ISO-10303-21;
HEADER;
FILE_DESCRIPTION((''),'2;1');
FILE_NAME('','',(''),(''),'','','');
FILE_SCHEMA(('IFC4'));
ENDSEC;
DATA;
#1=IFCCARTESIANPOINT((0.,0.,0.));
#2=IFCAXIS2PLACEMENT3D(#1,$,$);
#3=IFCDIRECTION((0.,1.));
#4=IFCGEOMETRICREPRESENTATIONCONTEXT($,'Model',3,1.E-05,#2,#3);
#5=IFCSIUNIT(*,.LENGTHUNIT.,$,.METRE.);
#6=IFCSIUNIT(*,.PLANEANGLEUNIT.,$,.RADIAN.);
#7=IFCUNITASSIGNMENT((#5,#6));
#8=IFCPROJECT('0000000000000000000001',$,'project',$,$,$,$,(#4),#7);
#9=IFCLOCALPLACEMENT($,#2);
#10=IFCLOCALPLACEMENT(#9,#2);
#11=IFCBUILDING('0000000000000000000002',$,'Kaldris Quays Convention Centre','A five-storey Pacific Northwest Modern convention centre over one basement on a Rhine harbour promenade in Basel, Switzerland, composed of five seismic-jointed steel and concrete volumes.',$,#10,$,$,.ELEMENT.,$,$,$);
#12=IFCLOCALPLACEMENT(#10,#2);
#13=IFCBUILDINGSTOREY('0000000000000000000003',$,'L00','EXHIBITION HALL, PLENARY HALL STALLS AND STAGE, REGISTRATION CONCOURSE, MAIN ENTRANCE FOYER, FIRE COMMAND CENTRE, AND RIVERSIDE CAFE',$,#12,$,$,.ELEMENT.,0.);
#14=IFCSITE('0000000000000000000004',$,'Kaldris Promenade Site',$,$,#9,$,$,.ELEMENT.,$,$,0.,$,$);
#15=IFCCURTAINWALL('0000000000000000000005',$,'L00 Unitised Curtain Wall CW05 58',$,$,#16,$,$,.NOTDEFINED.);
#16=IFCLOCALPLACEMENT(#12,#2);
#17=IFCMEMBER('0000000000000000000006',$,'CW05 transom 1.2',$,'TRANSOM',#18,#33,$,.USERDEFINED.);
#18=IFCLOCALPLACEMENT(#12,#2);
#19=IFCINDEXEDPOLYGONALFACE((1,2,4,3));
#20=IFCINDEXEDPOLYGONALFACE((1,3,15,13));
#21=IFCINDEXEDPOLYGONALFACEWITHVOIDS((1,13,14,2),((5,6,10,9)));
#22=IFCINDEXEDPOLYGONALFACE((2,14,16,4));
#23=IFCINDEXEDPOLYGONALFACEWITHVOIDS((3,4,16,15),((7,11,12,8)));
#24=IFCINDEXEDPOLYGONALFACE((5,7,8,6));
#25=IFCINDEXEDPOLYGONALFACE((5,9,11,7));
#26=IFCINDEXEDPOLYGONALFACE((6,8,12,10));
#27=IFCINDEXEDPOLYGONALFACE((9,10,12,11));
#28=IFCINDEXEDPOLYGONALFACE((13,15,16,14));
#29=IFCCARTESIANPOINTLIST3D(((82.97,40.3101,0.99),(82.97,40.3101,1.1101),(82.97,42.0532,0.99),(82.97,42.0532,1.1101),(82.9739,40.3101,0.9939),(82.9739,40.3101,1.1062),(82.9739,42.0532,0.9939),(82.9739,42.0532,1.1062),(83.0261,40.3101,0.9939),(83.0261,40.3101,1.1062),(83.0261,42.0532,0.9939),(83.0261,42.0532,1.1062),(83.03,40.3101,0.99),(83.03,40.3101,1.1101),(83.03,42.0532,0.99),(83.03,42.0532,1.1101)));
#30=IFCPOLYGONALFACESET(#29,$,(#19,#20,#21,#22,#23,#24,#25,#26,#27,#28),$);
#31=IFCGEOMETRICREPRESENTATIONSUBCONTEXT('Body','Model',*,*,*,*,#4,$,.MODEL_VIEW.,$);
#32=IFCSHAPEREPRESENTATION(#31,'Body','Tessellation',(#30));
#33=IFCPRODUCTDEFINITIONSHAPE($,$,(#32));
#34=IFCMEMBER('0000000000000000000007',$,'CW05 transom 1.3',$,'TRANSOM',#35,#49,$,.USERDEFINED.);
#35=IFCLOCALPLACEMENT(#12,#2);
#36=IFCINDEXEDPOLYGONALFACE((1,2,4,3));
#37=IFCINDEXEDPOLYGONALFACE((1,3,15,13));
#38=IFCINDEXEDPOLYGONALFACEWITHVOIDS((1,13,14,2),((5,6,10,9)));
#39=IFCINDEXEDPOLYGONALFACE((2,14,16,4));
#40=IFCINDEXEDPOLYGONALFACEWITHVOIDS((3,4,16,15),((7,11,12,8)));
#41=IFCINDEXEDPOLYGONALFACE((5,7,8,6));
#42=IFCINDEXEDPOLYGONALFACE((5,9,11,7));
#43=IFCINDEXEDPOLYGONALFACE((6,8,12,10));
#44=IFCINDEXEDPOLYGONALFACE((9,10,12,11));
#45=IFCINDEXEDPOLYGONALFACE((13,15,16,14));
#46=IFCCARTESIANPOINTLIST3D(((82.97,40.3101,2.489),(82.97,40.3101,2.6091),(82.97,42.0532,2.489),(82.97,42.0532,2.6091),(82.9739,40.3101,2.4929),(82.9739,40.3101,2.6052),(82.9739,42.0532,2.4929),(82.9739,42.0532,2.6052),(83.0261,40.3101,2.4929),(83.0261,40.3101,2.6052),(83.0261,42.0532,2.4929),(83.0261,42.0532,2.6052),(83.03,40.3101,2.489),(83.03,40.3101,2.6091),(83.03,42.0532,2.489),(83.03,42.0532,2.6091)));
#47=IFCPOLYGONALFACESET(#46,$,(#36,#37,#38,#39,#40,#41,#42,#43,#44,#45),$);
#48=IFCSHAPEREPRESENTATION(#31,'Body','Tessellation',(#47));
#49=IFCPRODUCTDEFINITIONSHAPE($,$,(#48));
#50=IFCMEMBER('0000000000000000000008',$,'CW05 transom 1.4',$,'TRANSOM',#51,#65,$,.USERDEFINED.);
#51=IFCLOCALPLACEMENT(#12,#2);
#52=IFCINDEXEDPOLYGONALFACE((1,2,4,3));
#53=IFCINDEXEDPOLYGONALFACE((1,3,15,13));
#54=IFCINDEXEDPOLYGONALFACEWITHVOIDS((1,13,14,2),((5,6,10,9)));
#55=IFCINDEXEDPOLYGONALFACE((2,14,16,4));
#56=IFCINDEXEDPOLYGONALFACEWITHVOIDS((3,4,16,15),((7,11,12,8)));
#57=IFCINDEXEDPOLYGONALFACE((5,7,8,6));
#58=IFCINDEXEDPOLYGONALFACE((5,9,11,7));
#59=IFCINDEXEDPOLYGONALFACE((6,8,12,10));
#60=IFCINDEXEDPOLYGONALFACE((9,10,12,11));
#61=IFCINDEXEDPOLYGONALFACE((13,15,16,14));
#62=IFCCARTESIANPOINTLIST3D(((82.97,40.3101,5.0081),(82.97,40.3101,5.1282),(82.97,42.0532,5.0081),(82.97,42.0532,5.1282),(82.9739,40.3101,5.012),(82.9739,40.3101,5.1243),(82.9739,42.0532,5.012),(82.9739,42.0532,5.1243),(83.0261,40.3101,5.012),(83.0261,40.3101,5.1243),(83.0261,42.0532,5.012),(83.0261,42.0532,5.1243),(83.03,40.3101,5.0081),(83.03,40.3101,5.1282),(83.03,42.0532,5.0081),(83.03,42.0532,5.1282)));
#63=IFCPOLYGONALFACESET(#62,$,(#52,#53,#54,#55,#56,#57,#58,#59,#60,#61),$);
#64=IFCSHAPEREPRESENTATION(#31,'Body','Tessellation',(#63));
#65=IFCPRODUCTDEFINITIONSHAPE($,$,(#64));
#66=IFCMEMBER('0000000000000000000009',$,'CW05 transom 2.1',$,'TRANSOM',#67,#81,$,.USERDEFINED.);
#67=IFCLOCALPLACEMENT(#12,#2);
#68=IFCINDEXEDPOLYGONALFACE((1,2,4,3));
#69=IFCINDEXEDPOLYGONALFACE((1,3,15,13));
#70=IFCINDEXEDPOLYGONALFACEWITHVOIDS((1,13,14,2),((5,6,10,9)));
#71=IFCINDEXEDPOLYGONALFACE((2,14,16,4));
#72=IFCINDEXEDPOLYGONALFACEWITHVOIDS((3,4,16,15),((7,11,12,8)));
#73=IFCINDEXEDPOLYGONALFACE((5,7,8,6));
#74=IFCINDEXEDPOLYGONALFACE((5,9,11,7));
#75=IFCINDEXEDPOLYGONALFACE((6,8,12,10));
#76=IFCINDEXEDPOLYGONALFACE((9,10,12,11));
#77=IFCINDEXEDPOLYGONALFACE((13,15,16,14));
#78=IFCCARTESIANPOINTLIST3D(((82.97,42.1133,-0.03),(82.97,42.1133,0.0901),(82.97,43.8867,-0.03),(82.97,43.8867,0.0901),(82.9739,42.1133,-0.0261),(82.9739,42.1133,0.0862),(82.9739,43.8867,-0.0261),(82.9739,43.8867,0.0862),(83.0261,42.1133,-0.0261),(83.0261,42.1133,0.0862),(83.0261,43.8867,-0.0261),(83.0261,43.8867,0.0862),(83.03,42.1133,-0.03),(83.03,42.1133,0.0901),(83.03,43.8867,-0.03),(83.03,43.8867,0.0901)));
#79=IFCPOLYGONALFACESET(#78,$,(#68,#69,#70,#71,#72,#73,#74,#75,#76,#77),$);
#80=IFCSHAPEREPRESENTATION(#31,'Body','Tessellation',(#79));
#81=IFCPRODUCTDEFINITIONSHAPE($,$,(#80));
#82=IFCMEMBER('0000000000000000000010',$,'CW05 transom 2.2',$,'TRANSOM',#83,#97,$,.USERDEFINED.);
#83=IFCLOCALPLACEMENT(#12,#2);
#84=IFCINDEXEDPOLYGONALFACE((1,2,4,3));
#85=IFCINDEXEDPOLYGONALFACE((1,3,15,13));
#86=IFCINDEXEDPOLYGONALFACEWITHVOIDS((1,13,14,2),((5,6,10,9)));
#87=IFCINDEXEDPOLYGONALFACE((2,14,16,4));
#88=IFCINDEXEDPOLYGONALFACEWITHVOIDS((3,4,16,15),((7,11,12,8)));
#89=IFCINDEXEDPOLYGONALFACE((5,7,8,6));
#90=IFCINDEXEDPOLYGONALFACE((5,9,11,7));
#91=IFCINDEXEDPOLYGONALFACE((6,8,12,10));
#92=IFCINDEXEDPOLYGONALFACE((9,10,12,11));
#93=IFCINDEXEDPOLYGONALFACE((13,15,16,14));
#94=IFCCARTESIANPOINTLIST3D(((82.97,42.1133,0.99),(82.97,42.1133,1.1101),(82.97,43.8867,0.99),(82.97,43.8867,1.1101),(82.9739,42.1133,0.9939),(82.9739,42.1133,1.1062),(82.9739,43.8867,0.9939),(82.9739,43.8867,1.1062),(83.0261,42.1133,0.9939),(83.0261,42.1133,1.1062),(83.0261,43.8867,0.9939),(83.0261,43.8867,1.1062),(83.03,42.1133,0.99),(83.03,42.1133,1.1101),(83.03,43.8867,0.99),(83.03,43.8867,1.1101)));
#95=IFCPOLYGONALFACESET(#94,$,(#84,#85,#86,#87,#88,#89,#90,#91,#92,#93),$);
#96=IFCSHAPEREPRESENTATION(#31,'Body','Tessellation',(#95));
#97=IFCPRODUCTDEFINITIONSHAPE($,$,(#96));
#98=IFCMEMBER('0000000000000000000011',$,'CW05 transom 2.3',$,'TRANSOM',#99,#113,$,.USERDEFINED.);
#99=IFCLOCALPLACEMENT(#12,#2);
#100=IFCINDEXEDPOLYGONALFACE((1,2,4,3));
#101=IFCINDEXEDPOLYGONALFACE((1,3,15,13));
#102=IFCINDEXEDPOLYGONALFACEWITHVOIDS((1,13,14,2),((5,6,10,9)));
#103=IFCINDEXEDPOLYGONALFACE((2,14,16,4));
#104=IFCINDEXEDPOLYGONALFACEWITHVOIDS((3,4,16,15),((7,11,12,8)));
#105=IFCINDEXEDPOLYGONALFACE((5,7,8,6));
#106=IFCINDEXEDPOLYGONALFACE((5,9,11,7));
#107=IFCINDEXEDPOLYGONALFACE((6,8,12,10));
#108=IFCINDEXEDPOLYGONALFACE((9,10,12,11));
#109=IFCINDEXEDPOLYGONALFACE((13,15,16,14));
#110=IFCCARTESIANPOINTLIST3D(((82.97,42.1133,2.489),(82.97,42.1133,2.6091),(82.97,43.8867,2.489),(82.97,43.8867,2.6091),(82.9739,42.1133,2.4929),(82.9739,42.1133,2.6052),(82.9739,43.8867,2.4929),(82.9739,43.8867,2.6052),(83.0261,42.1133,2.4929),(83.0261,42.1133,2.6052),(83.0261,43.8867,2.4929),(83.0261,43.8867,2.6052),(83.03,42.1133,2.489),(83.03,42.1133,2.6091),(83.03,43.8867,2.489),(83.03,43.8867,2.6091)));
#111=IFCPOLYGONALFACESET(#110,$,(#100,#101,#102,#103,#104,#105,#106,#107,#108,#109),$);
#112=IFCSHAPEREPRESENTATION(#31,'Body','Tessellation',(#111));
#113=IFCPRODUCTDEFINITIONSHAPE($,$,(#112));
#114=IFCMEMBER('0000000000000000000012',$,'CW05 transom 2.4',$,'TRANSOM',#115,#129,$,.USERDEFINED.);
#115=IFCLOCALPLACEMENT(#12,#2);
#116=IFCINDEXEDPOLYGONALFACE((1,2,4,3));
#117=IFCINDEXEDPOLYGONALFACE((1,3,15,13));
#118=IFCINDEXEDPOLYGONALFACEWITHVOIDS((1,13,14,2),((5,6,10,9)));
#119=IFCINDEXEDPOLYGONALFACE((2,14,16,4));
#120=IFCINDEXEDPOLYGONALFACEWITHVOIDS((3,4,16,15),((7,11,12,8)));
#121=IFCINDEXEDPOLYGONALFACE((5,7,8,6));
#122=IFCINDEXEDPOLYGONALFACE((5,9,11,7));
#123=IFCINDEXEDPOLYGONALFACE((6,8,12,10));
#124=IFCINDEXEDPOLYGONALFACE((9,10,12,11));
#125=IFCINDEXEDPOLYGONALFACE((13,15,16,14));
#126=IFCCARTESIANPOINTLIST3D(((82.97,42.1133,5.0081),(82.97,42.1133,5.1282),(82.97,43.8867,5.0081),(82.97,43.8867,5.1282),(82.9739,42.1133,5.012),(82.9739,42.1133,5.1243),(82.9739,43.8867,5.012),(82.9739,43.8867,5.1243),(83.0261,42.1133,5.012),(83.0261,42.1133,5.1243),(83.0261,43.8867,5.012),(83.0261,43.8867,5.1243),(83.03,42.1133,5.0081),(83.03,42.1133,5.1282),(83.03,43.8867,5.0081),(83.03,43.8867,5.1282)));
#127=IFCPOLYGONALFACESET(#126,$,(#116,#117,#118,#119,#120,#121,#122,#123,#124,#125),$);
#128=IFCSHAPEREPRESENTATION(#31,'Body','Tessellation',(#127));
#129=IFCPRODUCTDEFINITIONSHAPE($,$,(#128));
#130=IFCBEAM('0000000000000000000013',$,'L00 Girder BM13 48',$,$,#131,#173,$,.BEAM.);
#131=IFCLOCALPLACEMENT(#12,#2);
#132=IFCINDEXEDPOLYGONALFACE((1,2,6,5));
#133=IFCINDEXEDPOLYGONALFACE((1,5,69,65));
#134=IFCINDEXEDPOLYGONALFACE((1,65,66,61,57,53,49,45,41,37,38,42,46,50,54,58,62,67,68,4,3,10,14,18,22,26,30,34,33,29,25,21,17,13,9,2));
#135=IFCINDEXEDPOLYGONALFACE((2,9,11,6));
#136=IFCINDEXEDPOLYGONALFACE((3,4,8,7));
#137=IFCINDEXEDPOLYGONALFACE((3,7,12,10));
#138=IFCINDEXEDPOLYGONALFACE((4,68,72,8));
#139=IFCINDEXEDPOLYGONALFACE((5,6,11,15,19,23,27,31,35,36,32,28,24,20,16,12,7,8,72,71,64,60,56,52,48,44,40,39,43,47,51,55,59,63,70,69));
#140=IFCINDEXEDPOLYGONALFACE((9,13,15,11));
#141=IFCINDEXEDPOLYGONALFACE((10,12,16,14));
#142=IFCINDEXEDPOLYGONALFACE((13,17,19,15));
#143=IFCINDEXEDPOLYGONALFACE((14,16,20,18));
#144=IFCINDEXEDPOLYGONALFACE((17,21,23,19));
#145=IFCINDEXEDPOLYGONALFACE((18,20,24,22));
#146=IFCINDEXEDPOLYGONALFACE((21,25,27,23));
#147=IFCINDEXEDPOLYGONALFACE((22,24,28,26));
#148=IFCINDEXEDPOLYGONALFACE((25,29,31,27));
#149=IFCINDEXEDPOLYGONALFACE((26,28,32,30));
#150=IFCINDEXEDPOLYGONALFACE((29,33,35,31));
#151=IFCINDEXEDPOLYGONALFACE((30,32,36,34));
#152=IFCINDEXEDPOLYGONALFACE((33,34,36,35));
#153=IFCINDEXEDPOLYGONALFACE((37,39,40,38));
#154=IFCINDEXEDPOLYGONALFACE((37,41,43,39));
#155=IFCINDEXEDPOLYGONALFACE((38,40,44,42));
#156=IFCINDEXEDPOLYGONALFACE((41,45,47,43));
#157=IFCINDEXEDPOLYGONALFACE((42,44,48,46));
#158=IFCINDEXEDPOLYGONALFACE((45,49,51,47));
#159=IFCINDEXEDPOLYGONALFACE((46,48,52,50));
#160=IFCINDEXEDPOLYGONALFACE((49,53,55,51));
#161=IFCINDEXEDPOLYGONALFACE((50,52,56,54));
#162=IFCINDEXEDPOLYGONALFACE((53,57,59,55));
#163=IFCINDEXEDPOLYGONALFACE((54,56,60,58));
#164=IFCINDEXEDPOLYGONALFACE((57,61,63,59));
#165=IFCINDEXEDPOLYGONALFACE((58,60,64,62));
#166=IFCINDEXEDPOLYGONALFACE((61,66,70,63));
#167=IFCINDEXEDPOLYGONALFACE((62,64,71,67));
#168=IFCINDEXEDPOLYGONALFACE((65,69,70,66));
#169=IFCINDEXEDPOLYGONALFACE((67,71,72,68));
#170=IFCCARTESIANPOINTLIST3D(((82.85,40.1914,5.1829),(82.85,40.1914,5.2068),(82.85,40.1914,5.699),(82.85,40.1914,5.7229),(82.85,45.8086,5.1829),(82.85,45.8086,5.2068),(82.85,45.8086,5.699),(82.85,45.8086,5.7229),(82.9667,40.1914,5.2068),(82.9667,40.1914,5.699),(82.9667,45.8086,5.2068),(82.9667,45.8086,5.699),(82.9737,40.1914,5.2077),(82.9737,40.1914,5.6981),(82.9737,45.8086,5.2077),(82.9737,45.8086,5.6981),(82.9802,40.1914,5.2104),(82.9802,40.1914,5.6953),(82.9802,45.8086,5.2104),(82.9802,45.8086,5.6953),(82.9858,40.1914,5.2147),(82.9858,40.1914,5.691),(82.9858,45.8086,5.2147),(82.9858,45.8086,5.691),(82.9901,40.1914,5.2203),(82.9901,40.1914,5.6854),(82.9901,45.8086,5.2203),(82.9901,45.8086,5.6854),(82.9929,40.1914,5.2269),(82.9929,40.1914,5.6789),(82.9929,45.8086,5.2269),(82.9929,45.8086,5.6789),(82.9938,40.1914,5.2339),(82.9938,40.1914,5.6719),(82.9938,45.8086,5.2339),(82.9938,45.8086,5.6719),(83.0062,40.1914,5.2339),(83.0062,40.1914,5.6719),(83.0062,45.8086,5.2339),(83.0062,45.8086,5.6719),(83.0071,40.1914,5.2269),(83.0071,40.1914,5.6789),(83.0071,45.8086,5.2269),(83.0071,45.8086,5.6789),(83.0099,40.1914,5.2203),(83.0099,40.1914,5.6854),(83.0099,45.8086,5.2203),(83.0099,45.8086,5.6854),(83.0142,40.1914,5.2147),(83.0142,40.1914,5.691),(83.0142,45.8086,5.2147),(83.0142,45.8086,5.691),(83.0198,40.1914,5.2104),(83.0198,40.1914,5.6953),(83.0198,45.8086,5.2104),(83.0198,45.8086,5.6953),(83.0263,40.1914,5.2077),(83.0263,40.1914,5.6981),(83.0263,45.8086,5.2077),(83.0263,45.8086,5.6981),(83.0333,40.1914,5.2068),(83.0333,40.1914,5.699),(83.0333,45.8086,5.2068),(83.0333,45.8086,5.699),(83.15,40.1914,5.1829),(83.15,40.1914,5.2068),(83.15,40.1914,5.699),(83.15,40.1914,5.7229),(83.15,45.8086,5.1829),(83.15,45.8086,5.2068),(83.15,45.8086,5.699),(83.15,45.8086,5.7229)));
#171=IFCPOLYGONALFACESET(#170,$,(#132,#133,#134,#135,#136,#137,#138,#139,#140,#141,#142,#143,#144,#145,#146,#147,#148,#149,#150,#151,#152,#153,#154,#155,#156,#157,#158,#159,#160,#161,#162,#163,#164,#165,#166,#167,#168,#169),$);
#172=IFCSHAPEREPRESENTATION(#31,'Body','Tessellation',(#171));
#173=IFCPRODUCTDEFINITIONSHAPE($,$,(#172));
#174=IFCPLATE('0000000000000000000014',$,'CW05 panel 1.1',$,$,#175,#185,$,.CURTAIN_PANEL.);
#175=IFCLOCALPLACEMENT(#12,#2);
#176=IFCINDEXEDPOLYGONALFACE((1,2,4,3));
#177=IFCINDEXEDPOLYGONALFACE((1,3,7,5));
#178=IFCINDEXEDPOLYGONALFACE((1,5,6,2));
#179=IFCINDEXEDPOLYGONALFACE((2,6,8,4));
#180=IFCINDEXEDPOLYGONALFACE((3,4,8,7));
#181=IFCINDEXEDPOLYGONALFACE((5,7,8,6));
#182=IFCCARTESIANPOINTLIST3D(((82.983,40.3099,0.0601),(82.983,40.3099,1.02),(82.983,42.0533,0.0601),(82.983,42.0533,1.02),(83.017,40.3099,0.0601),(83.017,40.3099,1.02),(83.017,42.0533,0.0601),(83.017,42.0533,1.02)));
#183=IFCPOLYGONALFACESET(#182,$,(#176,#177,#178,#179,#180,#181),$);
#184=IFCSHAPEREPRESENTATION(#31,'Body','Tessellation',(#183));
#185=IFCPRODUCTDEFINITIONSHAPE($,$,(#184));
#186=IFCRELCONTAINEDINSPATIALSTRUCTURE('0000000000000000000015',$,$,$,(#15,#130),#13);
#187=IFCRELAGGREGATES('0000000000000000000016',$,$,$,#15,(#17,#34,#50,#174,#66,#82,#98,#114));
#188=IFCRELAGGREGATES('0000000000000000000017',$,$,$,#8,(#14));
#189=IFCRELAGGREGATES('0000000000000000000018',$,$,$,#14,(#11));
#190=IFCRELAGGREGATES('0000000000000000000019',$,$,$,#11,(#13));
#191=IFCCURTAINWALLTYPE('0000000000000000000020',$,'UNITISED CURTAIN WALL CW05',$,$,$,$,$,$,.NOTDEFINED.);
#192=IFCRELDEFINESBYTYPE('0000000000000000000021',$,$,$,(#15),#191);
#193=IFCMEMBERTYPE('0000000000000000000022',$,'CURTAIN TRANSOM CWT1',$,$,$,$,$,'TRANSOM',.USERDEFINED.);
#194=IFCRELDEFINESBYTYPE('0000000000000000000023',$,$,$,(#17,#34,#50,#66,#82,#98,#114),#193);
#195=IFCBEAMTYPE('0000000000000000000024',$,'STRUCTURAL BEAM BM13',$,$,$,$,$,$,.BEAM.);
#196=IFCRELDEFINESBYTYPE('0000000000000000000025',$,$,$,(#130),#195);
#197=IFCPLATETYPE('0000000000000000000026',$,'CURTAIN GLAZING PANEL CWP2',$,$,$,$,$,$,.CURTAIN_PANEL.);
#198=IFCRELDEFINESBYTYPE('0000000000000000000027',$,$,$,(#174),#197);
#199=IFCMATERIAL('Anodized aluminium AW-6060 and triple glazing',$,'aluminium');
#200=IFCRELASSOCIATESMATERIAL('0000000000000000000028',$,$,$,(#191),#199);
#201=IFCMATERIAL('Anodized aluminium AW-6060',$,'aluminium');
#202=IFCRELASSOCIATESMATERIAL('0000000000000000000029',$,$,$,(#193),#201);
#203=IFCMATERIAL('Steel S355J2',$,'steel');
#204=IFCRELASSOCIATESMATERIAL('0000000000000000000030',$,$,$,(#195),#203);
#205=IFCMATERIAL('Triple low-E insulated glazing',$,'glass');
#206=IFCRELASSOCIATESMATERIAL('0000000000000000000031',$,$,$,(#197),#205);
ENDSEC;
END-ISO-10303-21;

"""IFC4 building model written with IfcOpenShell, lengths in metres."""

from ifc_helpers import new_model, si_unit, direction, frame, origin, origin_2d, place, context, subcontext, project, spatial, rectangle, hollow_rectangle, i_section, extrude, material, material_profile, profile_set, type_object, element, aggregate, save


model = new_model("IFC4")

# Units and contexts
model_context = context("Model", 3, precision=1e-05, world=origin(), true_north=direction((0.0, 1.0)))
body_context = subcontext(model_context, "Body", "Model", "MODEL_VIEW")
ifc_project = project(units=[si_unit("LENGTHUNIT", "METRE"), si_unit("PLANEANGLEUNIT", "RADIAN")], contexts=[model_context])

# Site, building, storey
site_placement = place(None, origin())
site = spatial("IfcSite", under=ifc_project, at=site_placement, Name="Kaldris Promenade Site", CompositionType="ELEMENT", RefElevation=0.0)
building_placement = place(site_placement, origin())
building = spatial("IfcBuilding", under=site, at=building_placement, Name="Kaldris Quays Convention Centre", Description="A five-storey Pacific Northwest Modern convention centre over one basement on a Rhine harbour promenade in Basel, Switzerland, composed of five seismic-jointed steel and concrete volumes.", CompositionType="ELEMENT")
storey_placement = place(building_placement, origin())
storey = spatial("IfcBuildingStorey", under=building, at=storey_placement, Name="L00", Description="EXHIBITION HALL, PLENARY HALL STALLS AND STAGE, REGISTRATION CONCOURSE, MAIN ENTRANCE FOYER, FIRE COMMAND CENTRE, AND RIVERSIDE CAFE", CompositionType="ELEMENT", Elevation=0.0)

# Shared definitions
ifc_material_1 = material(Name="Anodized aluminium AW-6060 and triple glazing", Category="aluminium")
curtain_wall_type = type_object("IfcCurtainWallType", Name="UNITISED CURTAIN WALL CW05", PredefinedType="NOTDEFINED", material=ifc_material_1)
ifc_material_2 = material(Name="Anodized aluminium AW-6060", Category="aluminium")

# Curtain wall
curtain_wall_1_placement = place(storey_placement, origin())
curtain_wall_1 = element("IfcCurtainWall", 1, at=curtain_wall_1_placement, inside=storey, type_object=curtain_wall_type, Name="L00 Unitised Curtain Wall CW05 58", PredefinedType="NOTDEFINED")

# Members
ifc_material_profile_1 = material_profile(ifc_material_2, hollow_rectangle(XDim=0.0601, YDim=0.1201, WallThickness=0.0039, at=origin_2d()), Name="RHS 120x60x4")
ifc_profile_set_1 = profile_set([ifc_material_profile_1], Name="Anodized aluminium AW-6060")
member_type_1 = type_object("IfcMemberType", Name="CURTAIN TRANSOM CWT1", ElementType="TRANSOM", PredefinedType="USERDEFINED", material=ifc_profile_set_1)
member_1_placement = place(storey_placement, frame((83.0, 40.3101, 1.05), z_axis=(0.0, 1.0, 0.0), x_axis=(-1.0, 0.0, 0.0)))
member_1 = element("IfcMember", 2, at=member_1_placement, type_object=member_type_1, Name="CW05 transom 1.2", ObjectType="TRANSOM", PredefinedType="USERDEFINED", context=body_context, shape_type="SweptSolid", body=[
    extrude(hollow_rectangle(XDim=0.0601, YDim=0.1201, WallThickness=0.0039, at=origin_2d()), origin(), (0.0, 0.0, 1.0), 1.7432),
])
member_2_placement = place(storey_placement, frame((83.0, 40.3101, 2.5491), z_axis=(0.0, 1.0, 0.0), x_axis=(-1.0, 0.0, 0.0)))
member_2 = element("IfcMember", 3, at=member_2_placement, type_object=member_type_1, Name="CW05 transom 1.3", ObjectType="TRANSOM", PredefinedType="USERDEFINED", context=body_context, shape_type="SweptSolid", body=[
    extrude(hollow_rectangle(XDim=0.0601, YDim=0.1201, WallThickness=0.0039, at=origin_2d()), origin(), (0.0, 0.0, 1.0), 1.7432),
])
member_3_placement = place(storey_placement, frame((83.0, 40.3101, 5.0681), z_axis=(0.0, 1.0, 0.0), x_axis=(-1.0, 0.0, 0.0)))
member_3 = element("IfcMember", 4, at=member_3_placement, type_object=member_type_1, Name="CW05 transom 1.4", ObjectType="TRANSOM", PredefinedType="USERDEFINED", context=body_context, shape_type="SweptSolid", body=[
    extrude(hollow_rectangle(XDim=0.0601, YDim=0.1201, WallThickness=0.0039, at=origin_2d()), origin(), (0.0, 0.0, 1.0), 1.7432),
])
member_4_placement = place(storey_placement, frame((83.0, 42.1133, 0.03), z_axis=(0.0, 1.0, 0.0), x_axis=(-1.0, 0.0, 0.0)))
member_4 = element("IfcMember", 5, at=member_4_placement, type_object=member_type_1, Name="CW05 transom 2.1", ObjectType="TRANSOM", PredefinedType="USERDEFINED", context=body_context, shape_type="SweptSolid", body=[
    extrude(hollow_rectangle(XDim=0.0601, YDim=0.1201, WallThickness=0.0039, at=origin_2d()), origin(), (0.0, 0.0, 1.0), 1.7734),
])
member_5_placement = place(storey_placement, frame((83.0, 42.1133, 1.05), z_axis=(0.0, 1.0, 0.0), x_axis=(-1.0, 0.0, 0.0)))
member_5 = element("IfcMember", 6, at=member_5_placement, type_object=member_type_1, Name="CW05 transom 2.2", ObjectType="TRANSOM", PredefinedType="USERDEFINED", context=body_context, shape_type="SweptSolid", body=[
    extrude(hollow_rectangle(XDim=0.0601, YDim=0.1201, WallThickness=0.0039, at=origin_2d()), origin(), (0.0, 0.0, 1.0), 1.7734),
])
member_6_placement = place(storey_placement, frame((83.0, 42.1133, 2.5491), z_axis=(0.0, 1.0, 0.0), x_axis=(-1.0, 0.0, 0.0)))
member_6 = element("IfcMember", 7, at=member_6_placement, type_object=member_type_1, Name="CW05 transom 2.3", ObjectType="TRANSOM", PredefinedType="USERDEFINED", context=body_context, shape_type="SweptSolid", body=[
    extrude(hollow_rectangle(XDim=0.0601, YDim=0.1201, WallThickness=0.0039, at=origin_2d()), origin(), (0.0, 0.0, 1.0), 1.7734),
])
member_7_placement = place(storey_placement, frame((83.0, 42.1133, 5.0681), z_axis=(0.0, 1.0, 0.0), x_axis=(-1.0, 0.0, 0.0)))
member_7 = element("IfcMember", 8, at=member_7_placement, type_object=member_type_1, Name="CW05 transom 2.4", ObjectType="TRANSOM", PredefinedType="USERDEFINED", context=body_context, shape_type="SweptSolid", body=[
    extrude(hollow_rectangle(XDim=0.0601, YDim=0.1201, WallThickness=0.0039, at=origin_2d()), origin(), (0.0, 0.0, 1.0), 1.7734),
])

# Beam
ifc_material_3 = material(Name="Steel S355J2", Category="steel")
ifc_material_profile_2 = material_profile(ifc_material_3, i_section(OverallWidth=0.3, OverallDepth=0.54, WebThickness=0.0125, FlangeThickness=0.0239, FilletRadius=0.0271, at=origin_2d()), Name="HEA 550")
ifc_profile_set_2 = profile_set([ifc_material_profile_2], Name="Steel S355J2")
beam_type = type_object("IfcBeamType", Name="STRUCTURAL BEAM BM13", PredefinedType="BEAM", material=ifc_profile_set_2)
beam_placement = place(storey_placement, frame((83.0, 40.1914, 5.4529), z_axis=(0.0, 1.0, 0.0), x_axis=(-1.0, 0.0, 0.0)))
element("IfcBeam", 9, at=beam_placement, inside=storey, type_object=beam_type, Name="L00 Girder BM13 48", PredefinedType="BEAM", context=body_context, shape_type="SweptSolid", body=[
    extrude(i_section(OverallWidth=0.3, OverallDepth=0.54, WebThickness=0.0125, FlangeThickness=0.0239, FilletRadius=0.0271, at=origin_2d()), origin(), (0.0, 0.0, 1.0), 5.6172),
])

# Plate
ifc_material_4 = material(Name="Triple low-E insulated glazing", Category="glass")
plate_type_1 = type_object("IfcPlateType", Name="CURTAIN GLAZING PANEL CWP2", PredefinedType="CURTAIN_PANEL", material=ifc_material_4)
plate_1_placement = place(storey_placement, frame((83.0, 41.1816, 0.0601), z_axis=(0.0, 0.0, 1.0), x_axis=(0.0, 1.0, 0.0)))
plate_1 = element("IfcPlate", 10, at=plate_1_placement, type_object=plate_type_1, Name="CW05 panel 1.1", PredefinedType="CURTAIN_PANEL", context=body_context, shape_type="SweptSolid", body=[
    extrude(rectangle(XDim=1.7434, YDim=0.0339, at=origin_2d()), origin(), (0.0, 0.0, 1.0), 0.96),
])
aggregate(curtain_wall_1, [member_1, member_2, member_3, plate_1, member_4, member_5, member_6, member_7])

save(model, "model.ifc")
